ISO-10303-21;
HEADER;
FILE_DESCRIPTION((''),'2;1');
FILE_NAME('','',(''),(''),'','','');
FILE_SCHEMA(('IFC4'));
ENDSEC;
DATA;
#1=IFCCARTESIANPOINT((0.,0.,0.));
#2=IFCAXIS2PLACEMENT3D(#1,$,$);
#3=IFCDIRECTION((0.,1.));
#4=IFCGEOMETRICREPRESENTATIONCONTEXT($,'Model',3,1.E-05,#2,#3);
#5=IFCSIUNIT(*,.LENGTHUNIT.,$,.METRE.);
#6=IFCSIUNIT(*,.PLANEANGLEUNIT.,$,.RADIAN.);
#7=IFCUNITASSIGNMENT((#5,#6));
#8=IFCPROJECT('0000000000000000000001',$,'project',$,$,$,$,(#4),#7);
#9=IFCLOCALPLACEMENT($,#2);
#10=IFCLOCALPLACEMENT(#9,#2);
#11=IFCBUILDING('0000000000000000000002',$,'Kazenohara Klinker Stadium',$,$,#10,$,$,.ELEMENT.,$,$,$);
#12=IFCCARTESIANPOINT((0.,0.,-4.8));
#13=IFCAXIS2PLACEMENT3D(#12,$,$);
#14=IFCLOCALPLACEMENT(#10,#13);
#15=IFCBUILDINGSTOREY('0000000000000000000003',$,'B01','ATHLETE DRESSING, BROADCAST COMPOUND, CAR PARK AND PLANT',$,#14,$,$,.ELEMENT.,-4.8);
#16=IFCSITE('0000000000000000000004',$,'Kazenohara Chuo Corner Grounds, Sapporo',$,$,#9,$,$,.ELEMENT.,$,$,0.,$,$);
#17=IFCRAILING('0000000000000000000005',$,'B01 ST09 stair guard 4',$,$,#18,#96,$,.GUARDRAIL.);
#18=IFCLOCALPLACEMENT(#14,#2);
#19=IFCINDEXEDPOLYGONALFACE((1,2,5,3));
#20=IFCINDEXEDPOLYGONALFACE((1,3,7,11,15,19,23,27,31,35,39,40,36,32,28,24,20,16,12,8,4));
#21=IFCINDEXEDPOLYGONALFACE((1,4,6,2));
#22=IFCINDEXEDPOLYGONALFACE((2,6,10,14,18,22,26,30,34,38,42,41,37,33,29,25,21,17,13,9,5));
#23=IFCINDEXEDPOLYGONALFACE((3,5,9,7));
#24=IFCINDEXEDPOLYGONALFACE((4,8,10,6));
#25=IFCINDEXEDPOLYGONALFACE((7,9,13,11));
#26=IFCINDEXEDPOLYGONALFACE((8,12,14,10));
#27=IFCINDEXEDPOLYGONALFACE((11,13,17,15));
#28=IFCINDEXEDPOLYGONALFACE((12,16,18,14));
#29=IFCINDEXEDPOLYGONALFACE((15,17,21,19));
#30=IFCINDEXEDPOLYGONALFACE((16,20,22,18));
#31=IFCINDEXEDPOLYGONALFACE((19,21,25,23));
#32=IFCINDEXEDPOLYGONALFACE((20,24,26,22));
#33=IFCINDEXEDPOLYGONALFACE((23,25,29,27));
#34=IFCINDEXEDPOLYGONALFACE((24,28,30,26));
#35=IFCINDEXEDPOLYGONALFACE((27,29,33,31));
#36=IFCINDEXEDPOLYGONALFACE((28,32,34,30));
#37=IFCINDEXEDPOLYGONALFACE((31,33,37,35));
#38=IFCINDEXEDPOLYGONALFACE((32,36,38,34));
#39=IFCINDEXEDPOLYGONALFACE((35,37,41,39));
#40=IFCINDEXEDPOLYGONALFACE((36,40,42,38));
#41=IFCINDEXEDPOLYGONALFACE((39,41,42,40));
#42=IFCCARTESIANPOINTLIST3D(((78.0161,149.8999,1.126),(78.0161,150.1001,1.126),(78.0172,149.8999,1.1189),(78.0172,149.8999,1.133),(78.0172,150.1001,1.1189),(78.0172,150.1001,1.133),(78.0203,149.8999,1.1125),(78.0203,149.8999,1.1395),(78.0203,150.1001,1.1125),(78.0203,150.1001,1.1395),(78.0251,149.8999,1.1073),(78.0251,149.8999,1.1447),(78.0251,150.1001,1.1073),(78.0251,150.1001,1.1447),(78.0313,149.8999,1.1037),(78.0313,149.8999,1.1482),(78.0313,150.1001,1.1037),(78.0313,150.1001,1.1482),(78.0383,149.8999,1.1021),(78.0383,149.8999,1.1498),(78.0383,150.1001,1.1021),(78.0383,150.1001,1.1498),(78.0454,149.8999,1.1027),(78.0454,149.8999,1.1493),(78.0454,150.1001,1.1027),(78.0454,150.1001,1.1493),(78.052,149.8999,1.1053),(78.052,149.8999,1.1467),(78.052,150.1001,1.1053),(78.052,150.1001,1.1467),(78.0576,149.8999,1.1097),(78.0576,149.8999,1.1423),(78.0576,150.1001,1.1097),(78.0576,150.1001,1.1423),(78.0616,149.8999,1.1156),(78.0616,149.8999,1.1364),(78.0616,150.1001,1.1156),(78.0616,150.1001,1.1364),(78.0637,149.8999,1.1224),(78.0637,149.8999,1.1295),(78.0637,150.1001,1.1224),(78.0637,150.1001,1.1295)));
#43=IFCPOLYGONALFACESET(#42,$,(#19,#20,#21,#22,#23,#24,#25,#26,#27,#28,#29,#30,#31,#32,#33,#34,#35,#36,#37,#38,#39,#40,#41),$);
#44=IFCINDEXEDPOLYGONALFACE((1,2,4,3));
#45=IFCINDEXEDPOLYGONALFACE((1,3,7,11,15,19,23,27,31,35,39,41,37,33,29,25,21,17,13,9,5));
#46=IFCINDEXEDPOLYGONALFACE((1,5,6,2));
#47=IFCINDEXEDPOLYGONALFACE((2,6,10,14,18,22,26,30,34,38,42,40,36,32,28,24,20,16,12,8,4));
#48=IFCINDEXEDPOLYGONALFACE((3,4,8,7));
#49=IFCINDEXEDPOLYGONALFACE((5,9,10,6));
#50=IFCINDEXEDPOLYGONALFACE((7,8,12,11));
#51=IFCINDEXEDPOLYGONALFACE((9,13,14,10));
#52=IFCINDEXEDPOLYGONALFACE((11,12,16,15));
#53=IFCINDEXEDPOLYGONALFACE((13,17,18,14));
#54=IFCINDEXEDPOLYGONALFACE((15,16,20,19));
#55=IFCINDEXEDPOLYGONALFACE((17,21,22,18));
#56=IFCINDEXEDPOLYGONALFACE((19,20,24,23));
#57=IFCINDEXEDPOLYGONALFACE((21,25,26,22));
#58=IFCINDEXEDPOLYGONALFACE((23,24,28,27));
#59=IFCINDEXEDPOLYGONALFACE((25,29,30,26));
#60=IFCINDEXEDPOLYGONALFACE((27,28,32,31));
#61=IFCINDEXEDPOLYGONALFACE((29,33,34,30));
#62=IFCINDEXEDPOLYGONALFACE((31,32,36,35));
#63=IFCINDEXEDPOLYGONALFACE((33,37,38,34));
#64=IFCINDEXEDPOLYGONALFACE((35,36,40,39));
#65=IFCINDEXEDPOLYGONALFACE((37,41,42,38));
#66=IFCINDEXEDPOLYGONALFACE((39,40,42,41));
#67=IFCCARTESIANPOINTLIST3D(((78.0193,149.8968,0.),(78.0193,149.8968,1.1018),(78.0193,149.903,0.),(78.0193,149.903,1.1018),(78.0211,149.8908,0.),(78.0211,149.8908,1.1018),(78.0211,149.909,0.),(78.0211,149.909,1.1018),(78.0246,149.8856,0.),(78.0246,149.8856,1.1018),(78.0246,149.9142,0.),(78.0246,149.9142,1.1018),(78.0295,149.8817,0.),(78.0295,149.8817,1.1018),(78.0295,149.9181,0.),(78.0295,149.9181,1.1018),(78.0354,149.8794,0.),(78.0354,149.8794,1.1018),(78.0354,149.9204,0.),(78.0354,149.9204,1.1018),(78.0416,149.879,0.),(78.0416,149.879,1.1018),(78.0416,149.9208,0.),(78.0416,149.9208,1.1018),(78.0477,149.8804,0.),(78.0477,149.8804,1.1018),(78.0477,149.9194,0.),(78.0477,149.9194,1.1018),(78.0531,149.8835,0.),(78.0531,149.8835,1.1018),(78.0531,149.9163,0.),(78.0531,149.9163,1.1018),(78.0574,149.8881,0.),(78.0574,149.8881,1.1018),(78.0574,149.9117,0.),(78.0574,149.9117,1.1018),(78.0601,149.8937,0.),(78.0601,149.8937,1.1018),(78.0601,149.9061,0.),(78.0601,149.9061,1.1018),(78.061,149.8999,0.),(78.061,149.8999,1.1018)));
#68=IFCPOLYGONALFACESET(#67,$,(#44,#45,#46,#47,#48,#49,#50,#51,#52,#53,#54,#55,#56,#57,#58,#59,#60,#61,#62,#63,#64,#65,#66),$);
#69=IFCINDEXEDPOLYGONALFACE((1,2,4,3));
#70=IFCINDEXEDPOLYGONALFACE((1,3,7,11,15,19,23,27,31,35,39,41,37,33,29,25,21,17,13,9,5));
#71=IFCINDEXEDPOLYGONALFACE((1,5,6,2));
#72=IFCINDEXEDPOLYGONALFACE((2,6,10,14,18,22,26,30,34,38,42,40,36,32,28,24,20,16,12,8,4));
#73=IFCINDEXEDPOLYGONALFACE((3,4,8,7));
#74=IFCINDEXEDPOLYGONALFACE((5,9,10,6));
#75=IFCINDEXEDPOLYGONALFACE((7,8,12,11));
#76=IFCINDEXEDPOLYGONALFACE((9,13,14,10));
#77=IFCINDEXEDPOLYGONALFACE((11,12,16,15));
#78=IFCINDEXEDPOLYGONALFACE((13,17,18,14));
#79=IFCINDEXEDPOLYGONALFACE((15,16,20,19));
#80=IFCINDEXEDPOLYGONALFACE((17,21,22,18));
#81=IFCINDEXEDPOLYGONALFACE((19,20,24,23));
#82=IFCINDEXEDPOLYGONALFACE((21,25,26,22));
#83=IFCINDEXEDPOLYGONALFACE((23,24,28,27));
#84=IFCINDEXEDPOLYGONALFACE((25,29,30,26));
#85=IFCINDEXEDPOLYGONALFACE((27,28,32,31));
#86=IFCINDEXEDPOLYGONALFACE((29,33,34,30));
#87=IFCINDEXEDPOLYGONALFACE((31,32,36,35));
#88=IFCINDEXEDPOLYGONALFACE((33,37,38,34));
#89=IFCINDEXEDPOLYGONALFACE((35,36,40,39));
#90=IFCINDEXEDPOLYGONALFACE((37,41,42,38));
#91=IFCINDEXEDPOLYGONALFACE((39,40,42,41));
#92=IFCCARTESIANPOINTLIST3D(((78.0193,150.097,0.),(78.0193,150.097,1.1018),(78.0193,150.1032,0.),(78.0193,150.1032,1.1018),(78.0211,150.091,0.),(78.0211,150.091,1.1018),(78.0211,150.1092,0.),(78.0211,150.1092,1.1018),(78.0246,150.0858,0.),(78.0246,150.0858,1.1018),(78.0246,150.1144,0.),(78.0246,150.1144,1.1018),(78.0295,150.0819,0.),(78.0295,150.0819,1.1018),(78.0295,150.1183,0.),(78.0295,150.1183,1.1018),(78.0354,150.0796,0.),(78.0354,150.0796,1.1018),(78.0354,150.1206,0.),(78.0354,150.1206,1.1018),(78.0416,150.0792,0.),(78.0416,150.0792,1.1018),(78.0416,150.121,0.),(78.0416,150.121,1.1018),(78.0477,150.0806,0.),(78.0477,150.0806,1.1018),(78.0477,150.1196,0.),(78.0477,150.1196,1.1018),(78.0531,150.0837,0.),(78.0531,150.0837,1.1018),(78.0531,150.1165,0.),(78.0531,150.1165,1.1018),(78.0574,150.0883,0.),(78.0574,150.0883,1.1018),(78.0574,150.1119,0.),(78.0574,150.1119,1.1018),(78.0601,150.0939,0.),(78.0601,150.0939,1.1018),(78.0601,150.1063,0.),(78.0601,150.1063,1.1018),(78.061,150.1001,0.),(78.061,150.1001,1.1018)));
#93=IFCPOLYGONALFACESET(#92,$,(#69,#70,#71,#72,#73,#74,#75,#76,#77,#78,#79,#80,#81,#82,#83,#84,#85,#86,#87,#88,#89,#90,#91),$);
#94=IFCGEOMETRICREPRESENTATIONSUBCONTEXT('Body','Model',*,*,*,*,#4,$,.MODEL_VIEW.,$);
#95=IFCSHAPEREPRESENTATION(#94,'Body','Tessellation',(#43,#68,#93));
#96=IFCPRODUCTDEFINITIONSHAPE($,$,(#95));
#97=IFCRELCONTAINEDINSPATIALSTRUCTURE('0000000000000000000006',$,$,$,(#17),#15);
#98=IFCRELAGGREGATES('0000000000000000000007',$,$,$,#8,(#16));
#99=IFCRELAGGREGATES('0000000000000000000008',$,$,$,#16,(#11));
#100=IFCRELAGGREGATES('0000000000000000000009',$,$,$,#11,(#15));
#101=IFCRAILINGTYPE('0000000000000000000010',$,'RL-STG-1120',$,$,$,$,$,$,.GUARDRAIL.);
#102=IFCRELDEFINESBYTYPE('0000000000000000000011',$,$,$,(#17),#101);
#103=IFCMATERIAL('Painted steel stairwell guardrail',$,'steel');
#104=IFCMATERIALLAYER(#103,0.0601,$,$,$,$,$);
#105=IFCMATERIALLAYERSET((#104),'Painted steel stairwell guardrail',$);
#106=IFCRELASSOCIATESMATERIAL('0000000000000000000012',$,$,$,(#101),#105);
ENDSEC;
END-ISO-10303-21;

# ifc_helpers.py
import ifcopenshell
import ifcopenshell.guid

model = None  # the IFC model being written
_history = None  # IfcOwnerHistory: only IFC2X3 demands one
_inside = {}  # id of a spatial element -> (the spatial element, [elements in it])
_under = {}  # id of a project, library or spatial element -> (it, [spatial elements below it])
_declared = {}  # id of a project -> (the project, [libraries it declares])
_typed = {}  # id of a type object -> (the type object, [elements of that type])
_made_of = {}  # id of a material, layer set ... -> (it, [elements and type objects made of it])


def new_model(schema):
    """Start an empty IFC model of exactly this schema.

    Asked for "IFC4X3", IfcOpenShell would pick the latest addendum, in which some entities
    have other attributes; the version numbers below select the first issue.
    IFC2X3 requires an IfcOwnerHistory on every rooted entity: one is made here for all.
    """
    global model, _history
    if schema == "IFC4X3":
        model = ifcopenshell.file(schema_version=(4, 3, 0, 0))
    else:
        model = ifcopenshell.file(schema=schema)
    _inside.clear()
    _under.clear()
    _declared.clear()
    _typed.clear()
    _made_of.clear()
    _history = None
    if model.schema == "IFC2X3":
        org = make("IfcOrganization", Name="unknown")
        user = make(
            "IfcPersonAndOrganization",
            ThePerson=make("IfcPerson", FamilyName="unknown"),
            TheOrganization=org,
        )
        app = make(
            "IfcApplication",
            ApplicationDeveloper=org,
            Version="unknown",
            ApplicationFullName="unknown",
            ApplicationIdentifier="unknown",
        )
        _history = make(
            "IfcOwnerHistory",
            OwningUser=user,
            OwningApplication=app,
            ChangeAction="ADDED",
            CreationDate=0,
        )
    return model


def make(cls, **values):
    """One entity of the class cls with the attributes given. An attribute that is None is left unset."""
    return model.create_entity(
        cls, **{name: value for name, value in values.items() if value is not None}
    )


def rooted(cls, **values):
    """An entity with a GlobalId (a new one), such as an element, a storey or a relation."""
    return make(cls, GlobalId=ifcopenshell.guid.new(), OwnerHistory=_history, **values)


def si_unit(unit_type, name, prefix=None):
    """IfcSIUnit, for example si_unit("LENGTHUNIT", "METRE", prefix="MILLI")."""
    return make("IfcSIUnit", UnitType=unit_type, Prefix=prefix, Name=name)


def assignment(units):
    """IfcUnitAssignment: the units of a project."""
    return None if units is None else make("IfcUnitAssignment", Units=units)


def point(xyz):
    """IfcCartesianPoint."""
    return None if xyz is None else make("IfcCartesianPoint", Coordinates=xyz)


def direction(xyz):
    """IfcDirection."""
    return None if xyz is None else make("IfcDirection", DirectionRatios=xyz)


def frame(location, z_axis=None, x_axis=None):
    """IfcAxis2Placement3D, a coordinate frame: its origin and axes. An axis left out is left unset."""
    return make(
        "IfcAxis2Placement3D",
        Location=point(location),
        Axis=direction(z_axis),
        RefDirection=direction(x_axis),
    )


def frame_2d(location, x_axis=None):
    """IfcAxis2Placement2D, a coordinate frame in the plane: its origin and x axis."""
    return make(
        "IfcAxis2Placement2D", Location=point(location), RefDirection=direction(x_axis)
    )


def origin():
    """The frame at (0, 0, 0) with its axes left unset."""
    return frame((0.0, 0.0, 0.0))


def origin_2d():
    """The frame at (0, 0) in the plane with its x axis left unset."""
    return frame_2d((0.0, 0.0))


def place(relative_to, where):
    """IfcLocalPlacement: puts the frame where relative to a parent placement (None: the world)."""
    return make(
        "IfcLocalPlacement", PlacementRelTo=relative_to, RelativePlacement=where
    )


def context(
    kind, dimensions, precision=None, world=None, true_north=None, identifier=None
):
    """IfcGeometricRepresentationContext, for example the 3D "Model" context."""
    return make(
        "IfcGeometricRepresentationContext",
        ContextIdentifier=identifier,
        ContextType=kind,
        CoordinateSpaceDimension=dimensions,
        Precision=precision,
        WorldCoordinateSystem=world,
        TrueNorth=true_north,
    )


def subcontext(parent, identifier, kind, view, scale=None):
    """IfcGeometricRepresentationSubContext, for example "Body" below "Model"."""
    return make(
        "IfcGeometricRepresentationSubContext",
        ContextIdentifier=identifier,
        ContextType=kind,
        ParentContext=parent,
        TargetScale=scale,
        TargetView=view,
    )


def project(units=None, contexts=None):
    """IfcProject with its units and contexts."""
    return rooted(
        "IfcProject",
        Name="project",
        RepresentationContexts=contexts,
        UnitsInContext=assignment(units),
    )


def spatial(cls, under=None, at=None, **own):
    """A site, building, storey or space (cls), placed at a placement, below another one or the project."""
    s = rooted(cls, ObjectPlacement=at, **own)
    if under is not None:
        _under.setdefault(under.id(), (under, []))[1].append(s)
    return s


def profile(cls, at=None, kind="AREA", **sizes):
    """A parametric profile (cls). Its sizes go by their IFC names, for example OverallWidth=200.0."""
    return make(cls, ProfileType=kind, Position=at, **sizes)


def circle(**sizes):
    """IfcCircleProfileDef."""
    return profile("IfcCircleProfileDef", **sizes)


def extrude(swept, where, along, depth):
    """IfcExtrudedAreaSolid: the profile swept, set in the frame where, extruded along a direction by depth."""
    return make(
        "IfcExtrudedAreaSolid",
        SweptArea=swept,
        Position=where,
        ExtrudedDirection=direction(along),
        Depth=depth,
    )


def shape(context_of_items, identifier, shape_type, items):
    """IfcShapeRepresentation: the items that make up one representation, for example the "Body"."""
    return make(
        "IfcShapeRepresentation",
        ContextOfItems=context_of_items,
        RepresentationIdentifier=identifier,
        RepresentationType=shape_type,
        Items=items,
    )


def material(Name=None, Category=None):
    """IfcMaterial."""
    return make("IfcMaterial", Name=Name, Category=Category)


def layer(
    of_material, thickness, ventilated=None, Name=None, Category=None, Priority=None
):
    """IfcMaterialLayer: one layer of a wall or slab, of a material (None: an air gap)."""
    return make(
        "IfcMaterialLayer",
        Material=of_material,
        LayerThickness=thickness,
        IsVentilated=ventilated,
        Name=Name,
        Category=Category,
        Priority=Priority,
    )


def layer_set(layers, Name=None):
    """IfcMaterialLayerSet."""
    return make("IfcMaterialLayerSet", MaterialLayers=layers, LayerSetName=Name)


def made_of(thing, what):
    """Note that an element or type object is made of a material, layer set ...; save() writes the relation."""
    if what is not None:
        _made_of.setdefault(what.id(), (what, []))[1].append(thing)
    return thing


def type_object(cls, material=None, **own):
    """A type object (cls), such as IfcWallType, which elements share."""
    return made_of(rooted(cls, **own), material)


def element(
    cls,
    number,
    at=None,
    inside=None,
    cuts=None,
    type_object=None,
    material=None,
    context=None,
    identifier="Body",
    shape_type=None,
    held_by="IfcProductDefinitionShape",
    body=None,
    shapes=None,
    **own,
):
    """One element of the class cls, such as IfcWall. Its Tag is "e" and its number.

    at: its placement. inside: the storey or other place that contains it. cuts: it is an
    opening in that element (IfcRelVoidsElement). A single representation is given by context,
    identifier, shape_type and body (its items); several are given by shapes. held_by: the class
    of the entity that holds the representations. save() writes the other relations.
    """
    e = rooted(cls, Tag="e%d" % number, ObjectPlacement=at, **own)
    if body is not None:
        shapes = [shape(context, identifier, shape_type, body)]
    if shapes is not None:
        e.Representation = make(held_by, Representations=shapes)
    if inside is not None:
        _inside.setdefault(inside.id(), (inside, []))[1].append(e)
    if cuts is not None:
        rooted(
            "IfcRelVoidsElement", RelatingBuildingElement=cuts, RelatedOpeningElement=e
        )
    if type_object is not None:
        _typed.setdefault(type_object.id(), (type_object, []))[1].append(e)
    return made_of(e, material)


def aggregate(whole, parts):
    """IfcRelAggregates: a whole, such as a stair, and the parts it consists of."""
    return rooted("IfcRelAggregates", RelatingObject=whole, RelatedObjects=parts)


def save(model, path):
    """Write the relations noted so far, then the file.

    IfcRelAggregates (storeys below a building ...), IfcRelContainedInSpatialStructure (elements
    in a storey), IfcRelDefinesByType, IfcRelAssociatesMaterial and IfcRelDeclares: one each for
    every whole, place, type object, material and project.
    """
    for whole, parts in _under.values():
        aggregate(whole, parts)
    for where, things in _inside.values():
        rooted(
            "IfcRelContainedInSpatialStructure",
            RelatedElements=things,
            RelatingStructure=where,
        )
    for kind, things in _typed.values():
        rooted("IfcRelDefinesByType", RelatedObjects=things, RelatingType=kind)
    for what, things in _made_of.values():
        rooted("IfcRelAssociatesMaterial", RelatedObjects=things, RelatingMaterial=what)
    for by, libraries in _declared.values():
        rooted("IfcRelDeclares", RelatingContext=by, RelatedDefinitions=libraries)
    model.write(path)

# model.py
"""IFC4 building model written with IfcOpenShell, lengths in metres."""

from ifc_helpers import new_model, si_unit, direction, frame, origin, origin_2d, place, context, subcontext, project, spatial, circle, extrude, material, layer, layer_set, type_object, element, save


model = new_model("IFC4")

# Units and contexts
model_context = context("Model", 3, precision=1e-05, world=origin(), true_north=direction((0.0, 1.0)))
body_context = subcontext(model_context, "Body", "Model", "MODEL_VIEW")
ifc_project = project(units=[si_unit("LENGTHUNIT", "METRE"), si_unit("PLANEANGLEUNIT", "RADIAN")], contexts=[model_context])

# Site, building, storey
site_placement = place(None, origin())
site = spatial("IfcSite", under=ifc_project, at=site_placement, Name="Kazenohara Chuo Corner Grounds, Sapporo", CompositionType="ELEMENT", RefElevation=0.0)
building_placement = place(site_placement, origin())
building = spatial("IfcBuilding", under=site, at=building_placement, Name="Kazenohara Klinker Stadium", CompositionType="ELEMENT")
storey_placement = place(building_placement, frame((0.0, 0.0, -4.8)))
storey = spatial("IfcBuildingStorey", under=building, at=storey_placement, Name="B01", Description="ATHLETE DRESSING, BROADCAST COMPOUND, CAR PARK AND PLANT", CompositionType="ELEMENT", Elevation=-4.8)

# Railing
ifc_material_1 = material(Name="Painted steel stairwell guardrail", Category="steel")
ifc_layer_1 = layer(ifc_material_1, 0.0601)
ifc_layer_set_1 = layer_set([ifc_layer_1], Name="Painted steel stairwell guardrail")
railing_type_1 = type_object("IfcRailingType", Name="RL-STG-1120", PredefinedType="GUARDRAIL", material=ifc_layer_set_1)
railing_1_placement = place(storey_placement, frame((78.04, 149.8999, 0.0)))
element("IfcRailing", 1, at=railing_1_placement, inside=storey, type_object=railing_type_1, Name="B01 ST09 stair guard 4", PredefinedType="GUARDRAIL", context=body_context, shape_type="SweptSolid", body=[
    extrude(circle(Radius=0.0239, at=origin_2d()), frame((0.0, 0.0, 1.126), z_axis=(0.0, 1.0, 0.0), x_axis=(-1.0, 0.0, 0.0)), (0.0, 0.0, 1.0), 0.2002),
    extrude(circle(Radius=0.021, at=origin_2d()), origin(), (0.0, 0.0, 1.0), 1.1018),
    extrude(circle(Radius=0.021, at=origin_2d()), frame((0.0, 0.2002, 0.0)), (0.0, 0.0, 1.0), 1.1018),
])

save(model, "model.ifc")
